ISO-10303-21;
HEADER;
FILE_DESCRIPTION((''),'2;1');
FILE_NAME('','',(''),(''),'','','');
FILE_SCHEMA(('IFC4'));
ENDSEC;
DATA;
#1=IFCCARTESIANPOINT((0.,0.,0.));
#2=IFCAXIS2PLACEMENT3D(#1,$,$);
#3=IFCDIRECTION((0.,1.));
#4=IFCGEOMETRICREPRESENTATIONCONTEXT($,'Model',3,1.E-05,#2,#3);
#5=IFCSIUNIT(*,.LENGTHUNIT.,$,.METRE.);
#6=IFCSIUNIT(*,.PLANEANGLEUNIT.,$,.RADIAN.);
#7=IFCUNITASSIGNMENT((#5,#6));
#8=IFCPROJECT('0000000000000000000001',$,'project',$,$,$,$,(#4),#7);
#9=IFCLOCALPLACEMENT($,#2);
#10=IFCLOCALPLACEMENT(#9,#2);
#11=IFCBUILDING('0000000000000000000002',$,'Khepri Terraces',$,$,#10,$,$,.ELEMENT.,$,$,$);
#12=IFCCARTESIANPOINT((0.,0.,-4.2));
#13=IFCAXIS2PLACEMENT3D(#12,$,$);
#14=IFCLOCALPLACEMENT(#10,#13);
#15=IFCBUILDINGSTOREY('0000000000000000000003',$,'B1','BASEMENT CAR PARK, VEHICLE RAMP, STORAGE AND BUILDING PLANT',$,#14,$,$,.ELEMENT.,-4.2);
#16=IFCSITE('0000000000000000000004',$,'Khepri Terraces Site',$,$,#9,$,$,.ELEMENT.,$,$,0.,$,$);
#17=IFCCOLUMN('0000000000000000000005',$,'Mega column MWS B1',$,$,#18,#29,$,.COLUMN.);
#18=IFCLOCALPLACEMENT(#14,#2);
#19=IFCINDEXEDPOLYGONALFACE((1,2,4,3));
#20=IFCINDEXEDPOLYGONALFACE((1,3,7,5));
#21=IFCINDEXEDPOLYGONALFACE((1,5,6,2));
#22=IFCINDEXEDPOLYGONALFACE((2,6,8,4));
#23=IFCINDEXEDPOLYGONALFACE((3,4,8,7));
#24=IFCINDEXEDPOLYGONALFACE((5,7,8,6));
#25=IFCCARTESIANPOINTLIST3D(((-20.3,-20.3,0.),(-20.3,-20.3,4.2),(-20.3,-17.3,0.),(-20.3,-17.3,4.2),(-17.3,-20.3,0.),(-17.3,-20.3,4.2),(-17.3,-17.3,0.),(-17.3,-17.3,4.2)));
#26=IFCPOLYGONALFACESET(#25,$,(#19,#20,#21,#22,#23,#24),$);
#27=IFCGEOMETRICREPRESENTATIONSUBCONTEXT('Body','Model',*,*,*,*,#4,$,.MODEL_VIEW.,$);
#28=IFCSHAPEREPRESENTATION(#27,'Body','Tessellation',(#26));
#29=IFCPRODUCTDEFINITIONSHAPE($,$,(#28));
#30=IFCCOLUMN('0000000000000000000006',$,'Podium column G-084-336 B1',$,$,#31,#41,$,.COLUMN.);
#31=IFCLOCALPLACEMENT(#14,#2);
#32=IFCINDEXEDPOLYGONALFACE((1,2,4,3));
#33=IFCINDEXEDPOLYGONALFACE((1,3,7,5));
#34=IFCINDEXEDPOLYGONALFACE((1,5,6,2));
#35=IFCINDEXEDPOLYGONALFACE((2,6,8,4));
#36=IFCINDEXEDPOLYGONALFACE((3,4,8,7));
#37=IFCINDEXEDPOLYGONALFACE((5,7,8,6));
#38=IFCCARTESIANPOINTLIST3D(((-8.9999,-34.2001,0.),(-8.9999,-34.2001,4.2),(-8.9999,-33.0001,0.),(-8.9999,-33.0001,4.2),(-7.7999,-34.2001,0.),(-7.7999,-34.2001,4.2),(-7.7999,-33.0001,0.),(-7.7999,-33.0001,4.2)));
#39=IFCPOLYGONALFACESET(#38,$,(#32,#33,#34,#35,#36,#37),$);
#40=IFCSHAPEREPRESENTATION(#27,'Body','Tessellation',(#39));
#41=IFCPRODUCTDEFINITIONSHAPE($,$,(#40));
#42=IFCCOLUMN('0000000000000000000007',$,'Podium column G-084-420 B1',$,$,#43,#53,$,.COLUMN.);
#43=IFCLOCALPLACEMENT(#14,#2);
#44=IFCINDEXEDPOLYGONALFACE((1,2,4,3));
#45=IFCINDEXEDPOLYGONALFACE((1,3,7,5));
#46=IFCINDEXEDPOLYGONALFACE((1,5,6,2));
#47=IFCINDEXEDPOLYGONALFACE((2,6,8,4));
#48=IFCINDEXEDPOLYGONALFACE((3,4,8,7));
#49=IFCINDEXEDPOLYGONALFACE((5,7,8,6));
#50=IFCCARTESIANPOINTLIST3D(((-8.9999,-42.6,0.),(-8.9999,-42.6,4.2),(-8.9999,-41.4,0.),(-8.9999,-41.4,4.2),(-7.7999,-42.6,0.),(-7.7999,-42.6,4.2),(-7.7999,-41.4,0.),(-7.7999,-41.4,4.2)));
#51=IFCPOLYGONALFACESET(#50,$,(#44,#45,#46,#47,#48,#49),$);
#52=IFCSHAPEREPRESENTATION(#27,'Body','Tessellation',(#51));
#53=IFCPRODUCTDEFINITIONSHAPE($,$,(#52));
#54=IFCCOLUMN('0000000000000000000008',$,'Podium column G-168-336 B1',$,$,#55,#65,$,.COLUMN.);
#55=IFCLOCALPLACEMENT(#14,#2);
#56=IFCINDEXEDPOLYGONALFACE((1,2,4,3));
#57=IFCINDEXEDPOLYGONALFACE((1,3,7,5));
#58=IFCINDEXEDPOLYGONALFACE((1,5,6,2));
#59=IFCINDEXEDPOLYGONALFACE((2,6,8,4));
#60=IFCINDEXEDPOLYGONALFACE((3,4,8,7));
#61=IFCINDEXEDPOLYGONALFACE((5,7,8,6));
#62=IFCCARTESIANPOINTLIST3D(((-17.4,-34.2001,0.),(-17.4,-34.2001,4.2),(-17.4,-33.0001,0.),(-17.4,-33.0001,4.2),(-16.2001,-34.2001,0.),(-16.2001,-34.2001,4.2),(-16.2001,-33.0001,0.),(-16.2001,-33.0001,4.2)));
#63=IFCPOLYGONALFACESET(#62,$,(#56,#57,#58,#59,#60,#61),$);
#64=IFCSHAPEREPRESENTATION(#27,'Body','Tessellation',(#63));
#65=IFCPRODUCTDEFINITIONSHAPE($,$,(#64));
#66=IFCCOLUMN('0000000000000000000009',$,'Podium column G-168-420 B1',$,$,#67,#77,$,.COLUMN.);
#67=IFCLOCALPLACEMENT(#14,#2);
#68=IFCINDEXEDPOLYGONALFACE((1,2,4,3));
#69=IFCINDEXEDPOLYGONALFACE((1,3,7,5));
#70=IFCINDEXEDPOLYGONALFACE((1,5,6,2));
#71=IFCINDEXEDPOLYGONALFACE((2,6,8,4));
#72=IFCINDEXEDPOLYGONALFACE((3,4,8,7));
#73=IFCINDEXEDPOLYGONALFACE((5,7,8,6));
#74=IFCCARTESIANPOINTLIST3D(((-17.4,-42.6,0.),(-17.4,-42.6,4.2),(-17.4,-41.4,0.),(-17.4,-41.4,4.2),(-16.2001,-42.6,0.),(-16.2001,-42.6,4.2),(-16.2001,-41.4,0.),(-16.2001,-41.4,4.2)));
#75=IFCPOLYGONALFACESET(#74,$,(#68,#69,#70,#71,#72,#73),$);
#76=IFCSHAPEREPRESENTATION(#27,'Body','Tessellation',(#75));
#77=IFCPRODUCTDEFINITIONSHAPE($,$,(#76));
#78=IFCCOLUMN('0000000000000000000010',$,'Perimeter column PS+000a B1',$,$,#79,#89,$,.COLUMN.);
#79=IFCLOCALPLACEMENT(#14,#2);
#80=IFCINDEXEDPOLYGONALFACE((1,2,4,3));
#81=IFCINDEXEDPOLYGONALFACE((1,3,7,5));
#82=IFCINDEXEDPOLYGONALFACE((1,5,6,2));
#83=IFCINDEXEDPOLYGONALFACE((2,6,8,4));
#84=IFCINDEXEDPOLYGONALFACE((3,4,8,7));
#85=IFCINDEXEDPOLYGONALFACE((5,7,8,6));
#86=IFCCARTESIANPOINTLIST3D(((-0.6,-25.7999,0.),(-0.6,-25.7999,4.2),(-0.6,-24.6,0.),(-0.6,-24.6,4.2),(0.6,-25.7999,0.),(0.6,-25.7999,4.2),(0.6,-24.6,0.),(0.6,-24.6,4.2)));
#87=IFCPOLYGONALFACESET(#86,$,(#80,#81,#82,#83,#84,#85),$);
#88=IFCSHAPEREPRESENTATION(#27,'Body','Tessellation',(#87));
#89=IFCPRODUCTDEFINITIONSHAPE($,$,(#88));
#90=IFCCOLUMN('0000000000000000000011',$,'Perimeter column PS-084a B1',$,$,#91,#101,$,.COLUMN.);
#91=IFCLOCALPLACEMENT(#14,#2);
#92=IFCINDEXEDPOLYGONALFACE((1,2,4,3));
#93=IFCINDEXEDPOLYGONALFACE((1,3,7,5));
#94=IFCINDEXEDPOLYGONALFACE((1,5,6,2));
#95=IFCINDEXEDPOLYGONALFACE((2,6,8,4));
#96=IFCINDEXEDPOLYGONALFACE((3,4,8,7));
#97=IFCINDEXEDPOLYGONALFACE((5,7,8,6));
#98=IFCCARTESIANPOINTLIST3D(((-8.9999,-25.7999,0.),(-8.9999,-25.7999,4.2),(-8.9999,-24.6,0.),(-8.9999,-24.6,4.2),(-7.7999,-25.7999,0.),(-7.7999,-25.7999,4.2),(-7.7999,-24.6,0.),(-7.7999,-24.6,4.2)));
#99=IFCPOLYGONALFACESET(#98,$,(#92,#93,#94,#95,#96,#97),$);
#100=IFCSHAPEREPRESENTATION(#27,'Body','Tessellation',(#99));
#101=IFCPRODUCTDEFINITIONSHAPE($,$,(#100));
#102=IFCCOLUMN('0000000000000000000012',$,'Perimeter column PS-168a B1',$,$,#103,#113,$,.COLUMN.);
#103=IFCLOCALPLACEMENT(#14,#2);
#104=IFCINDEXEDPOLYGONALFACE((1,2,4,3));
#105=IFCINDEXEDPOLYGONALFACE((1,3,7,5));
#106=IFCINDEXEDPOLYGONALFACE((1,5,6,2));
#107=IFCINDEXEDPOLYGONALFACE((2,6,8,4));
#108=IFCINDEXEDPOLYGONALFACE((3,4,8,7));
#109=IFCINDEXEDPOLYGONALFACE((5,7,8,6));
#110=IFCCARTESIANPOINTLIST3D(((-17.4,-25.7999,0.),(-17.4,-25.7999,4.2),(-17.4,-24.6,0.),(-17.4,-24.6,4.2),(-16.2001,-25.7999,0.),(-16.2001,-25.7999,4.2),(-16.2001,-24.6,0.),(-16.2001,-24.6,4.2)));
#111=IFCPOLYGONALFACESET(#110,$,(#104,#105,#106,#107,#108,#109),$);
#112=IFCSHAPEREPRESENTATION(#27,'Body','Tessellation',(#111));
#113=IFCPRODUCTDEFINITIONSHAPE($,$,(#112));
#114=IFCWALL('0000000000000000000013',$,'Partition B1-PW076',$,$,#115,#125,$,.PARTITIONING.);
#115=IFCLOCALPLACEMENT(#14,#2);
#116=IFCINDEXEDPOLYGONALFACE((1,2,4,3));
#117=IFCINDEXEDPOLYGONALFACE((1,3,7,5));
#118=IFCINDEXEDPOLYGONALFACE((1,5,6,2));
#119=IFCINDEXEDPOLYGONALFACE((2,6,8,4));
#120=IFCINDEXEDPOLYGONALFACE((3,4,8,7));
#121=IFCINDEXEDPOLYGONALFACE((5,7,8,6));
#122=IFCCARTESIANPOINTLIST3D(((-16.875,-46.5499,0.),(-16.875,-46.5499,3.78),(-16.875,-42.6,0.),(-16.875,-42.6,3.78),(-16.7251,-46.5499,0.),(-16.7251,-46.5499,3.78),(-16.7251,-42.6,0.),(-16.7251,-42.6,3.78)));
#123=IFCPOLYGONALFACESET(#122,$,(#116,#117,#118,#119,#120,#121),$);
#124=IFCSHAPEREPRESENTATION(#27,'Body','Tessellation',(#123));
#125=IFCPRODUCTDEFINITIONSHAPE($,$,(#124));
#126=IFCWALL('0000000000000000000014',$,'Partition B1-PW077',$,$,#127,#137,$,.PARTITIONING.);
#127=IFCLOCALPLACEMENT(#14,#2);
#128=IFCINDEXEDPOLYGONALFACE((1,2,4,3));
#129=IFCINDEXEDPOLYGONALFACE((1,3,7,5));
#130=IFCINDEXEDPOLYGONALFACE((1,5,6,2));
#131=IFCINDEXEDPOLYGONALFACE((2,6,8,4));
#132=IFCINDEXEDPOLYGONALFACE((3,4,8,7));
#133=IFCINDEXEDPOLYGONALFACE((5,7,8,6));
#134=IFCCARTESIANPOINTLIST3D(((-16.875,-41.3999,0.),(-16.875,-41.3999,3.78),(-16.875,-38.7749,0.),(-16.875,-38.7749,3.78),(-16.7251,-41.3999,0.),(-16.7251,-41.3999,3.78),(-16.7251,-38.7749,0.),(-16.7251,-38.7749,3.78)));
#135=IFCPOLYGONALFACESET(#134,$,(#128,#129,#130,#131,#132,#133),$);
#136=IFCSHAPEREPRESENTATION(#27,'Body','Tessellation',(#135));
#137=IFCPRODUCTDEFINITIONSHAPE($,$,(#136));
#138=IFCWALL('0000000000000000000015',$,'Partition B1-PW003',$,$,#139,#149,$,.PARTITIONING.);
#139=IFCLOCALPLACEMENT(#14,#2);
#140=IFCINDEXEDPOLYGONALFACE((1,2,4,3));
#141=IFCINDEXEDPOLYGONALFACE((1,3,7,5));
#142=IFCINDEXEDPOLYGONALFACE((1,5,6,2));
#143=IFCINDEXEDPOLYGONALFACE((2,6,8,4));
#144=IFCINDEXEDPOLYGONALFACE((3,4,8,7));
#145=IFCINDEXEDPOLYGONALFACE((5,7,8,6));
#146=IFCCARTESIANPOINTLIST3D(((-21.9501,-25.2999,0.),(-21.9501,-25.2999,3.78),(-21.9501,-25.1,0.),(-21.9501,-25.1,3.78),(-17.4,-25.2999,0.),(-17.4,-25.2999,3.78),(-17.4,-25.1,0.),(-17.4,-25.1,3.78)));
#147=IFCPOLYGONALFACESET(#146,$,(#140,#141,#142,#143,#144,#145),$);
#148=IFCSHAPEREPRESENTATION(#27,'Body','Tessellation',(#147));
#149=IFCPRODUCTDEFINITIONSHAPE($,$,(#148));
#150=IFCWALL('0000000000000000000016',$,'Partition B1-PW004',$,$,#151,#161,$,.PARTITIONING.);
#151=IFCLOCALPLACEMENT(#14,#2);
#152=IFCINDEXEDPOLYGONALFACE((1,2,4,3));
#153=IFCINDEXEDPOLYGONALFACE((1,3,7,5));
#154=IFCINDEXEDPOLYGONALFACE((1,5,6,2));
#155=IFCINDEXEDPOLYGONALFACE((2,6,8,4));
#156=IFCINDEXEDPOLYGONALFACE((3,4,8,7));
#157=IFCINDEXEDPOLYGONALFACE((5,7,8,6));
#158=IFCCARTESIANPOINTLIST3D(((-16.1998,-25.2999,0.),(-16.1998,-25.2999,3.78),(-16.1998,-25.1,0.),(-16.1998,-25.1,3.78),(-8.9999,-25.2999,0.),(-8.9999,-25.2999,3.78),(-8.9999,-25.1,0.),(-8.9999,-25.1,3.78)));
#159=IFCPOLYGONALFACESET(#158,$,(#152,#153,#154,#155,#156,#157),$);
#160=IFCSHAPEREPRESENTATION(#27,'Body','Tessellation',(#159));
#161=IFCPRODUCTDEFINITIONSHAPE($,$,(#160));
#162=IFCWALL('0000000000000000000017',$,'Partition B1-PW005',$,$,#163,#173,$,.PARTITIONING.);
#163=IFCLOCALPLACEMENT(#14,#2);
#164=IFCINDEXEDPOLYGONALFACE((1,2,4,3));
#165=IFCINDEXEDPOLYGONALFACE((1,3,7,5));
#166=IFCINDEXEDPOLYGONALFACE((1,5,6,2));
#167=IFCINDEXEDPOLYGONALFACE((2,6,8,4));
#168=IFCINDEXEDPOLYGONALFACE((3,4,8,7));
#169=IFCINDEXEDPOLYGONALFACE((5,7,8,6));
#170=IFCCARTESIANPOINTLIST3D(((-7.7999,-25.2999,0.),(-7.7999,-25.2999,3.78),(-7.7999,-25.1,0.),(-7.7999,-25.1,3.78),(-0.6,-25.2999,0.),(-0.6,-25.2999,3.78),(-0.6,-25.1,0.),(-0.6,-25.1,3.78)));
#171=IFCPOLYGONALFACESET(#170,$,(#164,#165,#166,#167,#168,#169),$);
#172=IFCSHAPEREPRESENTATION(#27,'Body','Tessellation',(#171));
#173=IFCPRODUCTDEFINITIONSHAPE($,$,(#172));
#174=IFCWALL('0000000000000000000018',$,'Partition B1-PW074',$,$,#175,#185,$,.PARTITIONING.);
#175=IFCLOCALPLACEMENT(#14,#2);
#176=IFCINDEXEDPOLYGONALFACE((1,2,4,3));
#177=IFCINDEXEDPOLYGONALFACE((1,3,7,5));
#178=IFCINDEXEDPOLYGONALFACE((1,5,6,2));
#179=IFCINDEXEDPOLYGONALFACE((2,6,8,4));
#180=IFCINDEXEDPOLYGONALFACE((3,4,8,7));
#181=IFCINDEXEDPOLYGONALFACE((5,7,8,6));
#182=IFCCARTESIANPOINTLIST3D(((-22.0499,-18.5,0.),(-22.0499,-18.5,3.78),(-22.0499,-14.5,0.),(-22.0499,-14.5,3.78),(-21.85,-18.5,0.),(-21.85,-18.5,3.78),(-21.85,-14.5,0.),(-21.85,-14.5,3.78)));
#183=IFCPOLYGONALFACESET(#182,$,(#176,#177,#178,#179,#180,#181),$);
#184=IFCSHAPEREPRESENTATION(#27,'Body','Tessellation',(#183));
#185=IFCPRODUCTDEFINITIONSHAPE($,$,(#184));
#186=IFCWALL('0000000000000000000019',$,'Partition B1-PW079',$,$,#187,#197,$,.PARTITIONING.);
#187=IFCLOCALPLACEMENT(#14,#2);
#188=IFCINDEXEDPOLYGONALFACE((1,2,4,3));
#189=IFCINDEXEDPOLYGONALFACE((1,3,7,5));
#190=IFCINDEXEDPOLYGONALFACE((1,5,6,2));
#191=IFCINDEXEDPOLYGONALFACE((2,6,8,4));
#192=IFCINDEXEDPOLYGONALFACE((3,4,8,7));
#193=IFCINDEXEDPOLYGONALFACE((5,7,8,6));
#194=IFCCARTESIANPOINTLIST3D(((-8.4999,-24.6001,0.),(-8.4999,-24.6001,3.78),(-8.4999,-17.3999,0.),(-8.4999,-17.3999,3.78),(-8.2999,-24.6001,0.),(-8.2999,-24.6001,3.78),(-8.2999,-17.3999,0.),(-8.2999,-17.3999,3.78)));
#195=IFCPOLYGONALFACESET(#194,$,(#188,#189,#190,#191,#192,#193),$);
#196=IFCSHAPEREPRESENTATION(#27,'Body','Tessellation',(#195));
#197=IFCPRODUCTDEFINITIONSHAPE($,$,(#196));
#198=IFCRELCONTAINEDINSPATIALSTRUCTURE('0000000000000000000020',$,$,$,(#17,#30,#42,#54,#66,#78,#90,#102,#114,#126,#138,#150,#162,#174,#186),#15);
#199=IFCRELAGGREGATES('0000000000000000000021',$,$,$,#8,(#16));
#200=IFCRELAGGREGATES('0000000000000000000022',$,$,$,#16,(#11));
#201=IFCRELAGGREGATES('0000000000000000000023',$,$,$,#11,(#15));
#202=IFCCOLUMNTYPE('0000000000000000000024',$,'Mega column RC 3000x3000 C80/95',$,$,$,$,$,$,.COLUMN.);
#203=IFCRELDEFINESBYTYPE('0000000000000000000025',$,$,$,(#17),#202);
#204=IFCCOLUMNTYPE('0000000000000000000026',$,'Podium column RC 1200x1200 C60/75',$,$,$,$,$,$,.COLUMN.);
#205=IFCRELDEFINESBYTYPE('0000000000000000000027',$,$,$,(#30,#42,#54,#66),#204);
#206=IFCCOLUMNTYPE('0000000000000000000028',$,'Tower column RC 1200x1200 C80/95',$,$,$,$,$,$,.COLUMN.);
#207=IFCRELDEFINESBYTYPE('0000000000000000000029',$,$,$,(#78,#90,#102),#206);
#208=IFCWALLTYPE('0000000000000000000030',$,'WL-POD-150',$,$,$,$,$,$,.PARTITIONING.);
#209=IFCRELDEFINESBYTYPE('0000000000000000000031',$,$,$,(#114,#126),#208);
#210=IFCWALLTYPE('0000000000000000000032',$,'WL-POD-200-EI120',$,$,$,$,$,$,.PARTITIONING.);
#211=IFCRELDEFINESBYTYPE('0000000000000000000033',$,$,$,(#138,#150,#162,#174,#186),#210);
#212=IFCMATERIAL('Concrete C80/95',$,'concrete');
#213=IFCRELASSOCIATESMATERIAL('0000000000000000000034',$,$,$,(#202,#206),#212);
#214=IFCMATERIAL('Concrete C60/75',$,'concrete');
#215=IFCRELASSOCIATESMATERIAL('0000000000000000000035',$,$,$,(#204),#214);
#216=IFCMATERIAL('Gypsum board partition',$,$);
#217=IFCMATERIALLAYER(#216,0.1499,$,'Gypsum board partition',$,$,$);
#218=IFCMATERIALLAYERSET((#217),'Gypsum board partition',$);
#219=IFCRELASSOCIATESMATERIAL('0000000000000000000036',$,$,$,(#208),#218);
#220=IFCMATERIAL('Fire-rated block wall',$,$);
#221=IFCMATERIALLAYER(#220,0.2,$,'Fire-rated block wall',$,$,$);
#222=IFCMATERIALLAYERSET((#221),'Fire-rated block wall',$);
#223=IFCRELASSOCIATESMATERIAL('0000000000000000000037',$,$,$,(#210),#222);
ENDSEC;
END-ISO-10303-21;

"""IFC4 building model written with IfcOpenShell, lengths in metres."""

from ifc_helpers import new_model, si_unit, direction, frame, frame_2d, origin, origin_2d, place, context, subcontext, project, spatial, rectangle, extrude, material, layer, layer_set, material_profile, profile_set, type_object, element, save


model = new_model("IFC4")

# Units and contexts
model_context = context("Model", 3, precision=1e-05, world=origin(), true_north=direction((0.0, 1.0)))
body_context = subcontext(model_context, "Body", "Model", "MODEL_VIEW")
ifc_project = project(units=[si_unit("LENGTHUNIT", "METRE"), si_unit("PLANEANGLEUNIT", "RADIAN")], contexts=[model_context])

# Site, building, storey
site_placement = place(None, origin())
site = spatial("IfcSite", under=ifc_project, at=site_placement, Name="Khepri Terraces Site", CompositionType="ELEMENT", RefElevation=0.0)
building_placement = place(site_placement, origin())
building = spatial("IfcBuilding", under=site, at=building_placement, Name="Khepri Terraces", CompositionType="ELEMENT")
storey_placement = place(building_placement, frame((0.0, 0.0, -4.2)))
storey = spatial("IfcBuildingStorey", under=building, at=storey_placement, Name="B1", Description="BASEMENT CAR PARK, VEHICLE RAMP, STORAGE AND BUILDING PLANT", CompositionType="ELEMENT", Elevation=-4.2)

# Columns
ifc_material_1 = material(Name="Concrete C80/95", Category="concrete")
ifc_material_profile_1 = material_profile(ifc_material_1, rectangle(XDim=3.0, YDim=3.0, at=origin_2d()), Name="Concrete C80/95", Category="concrete")
ifc_profile_set_1 = profile_set([ifc_material_profile_1], Name="Concrete C80/95")
column_type_1 = type_object("IfcColumnType", Name="Mega column RC 3000x3000 C80/95", PredefinedType="COLUMN", material=ifc_profile_set_1)
column_placement = place(storey_placement, frame((-18.8, -18.8, 0.0), z_axis=(0.0, 0.0, 1.0), x_axis=(1.0, 0.0, 0.0)))
element("IfcColumn", 1, at=column_placement, inside=storey, type_object=column_type_1, Name="Mega column MWS B1", PredefinedType="COLUMN", context=body_context, shape_type="SweptSolid", body=[
    extrude(rectangle(XDim=3.0, YDim=3.0, at=origin_2d()), origin(), (0.0, 0.0, 1.0), 4.2),
])
ifc_material_2 = material(Name="Concrete C60/75", Category="concrete")
ifc_material_profile_2 = material_profile(ifc_material_2, rectangle(XDim=1.2, YDim=1.2, at=origin_2d()), Name="Concrete C60/75", Category="concrete")
ifc_profile_set_2 = profile_set([ifc_material_profile_2], Name="Concrete C60/75")
column_type_2 = type_object("IfcColumnType", Name="Podium column RC 1200x1200 C60/75", PredefinedType="COLUMN", material=ifc_profile_set_2)
for number, where, z_axis, x_axis, name in (
    (2, (-8.3999, -33.6001, 0.0), (0.0, 0.0, 1.0), (1.0, 0.0, 0.0), "Podium column G-084-336 B1"),
    (3, (-8.3999, -42.0, 0.0), (0.0, 0.0, 1.0), (1.0, 0.0, 0.0), "Podium column G-084-420 B1"),
    (4, (-16.8, -33.6001, 0.0), (0.0, 0.0, 1.0), (1.0, 0.0, 0.0), "Podium column G-168-336 B1"),
    (5, (-16.8, -42.0, 0.0), (0.0, 0.0, 1.0), (1.0, 0.0, 0.0), "Podium column G-168-420 B1"),
):
    element("IfcColumn", number, at=place(storey_placement, frame(where, z_axis=z_axis, x_axis=x_axis)), inside=storey, type_object=column_type_2, Name=name, PredefinedType="COLUMN", context=body_context, shape_type="SweptSolid", body=[
        extrude(rectangle(XDim=1.2, YDim=1.2, at=origin_2d()), origin(), (0.0, 0.0, 1.0), 4.2),
    ])
ifc_material_profile_3 = material_profile(ifc_material_1, rectangle(XDim=1.2, YDim=1.2, at=origin_2d()), Name="Concrete C80/95", Category="concrete")
ifc_profile_set_3 = profile_set([ifc_material_profile_3], Name="Concrete C80/95")
column_type_3 = type_object("IfcColumnType", Name="Tower column RC 1200x1200 C80/95", PredefinedType="COLUMN", material=ifc_profile_set_3)
for number, where, z_axis, x_axis, name in (
    (6, (0.0, -25.2, 0.0), (0.0, 0.0, 1.0), (1.0, 0.0, 0.0), "Perimeter column PS+000a B1"),
    (7, (-8.3999, -25.2, 0.0), (0.0, 0.0, 1.0), (1.0, 0.0, 0.0), "Perimeter column PS-084a B1"),
    (8, (-16.8, -25.2, 0.0), (0.0, 0.0, 1.0), (1.0, 0.0, 0.0), "Perimeter column PS-168a B1"),
):
    element("IfcColumn", number, at=place(storey_placement, frame(where, z_axis=z_axis, x_axis=x_axis)), inside=storey, type_object=column_type_3, Name=name, PredefinedType="COLUMN", context=body_context, shape_type="SweptSolid", body=[
        extrude(rectangle(XDim=1.2, YDim=1.2, at=origin_2d()), origin(), (0.0, 0.0, 1.0), 4.2),
    ])

# Walls
ifc_material_3 = material(Name="Gypsum board partition")
ifc_layer_1 = layer(ifc_material_3, 0.1499, Name="Gypsum board partition")
ifc_layer_set_1 = layer_set([ifc_layer_1], Name="Gypsum board partition")
wall_type_1 = type_object("IfcWallType", Name="WL-POD-150", PredefinedType="PARTITIONING", material=ifc_layer_set_1)
wall_1_placement = place(storey_placement, frame((-16.8, -46.55, 0.0), z_axis=(0.0, 0.0, 1.0), x_axis=(0.0, 1.0, 0.0)))
element("IfcWall", 9, at=wall_1_placement, inside=storey, type_object=wall_type_1, Name="Partition B1-PW076", PredefinedType="PARTITIONING", context=body_context, shape_type="SweptSolid", body=[
    extrude(rectangle(XDim=3.95, YDim=0.1499, at=frame_2d((1.9751, 0.0))), origin(), (0.0, 0.0, 1.0), 3.78),
])
wall_2_placement = place(storey_placement, frame((-16.8, -41.3999, 0.0), z_axis=(0.0, 0.0, 1.0), x_axis=(0.0, 1.0, 0.0)))
element("IfcWall", 10, at=wall_2_placement, inside=storey, type_object=wall_type_1, Name="Partition B1-PW077", PredefinedType="PARTITIONING", context=body_context, shape_type="SweptSolid", body=[
    extrude(rectangle(XDim=2.625, YDim=0.1499, at=frame_2d((1.3125, 0.0))), origin(), (0.0, 0.0, 1.0), 3.78),
])
ifc_material_4 = material(Name="Fire-rated block wall")
ifc_layer_2 = layer(ifc_material_4, 0.2, Name="Fire-rated block wall")
ifc_layer_set_2 = layer_set([ifc_layer_2], Name="Fire-rated block wall")
wall_type_2 = type_object("IfcWallType", Name="WL-POD-200-EI120", PredefinedType="PARTITIONING", material=ifc_layer_set_2)
wall_3_placement = place(storey_placement, frame((-21.95, -25.2, 0.0), z_axis=(0.0, 0.0, 1.0), x_axis=(1.0, 0.0, 0.0)))
element("IfcWall", 11, at=wall_3_placement, inside=storey, type_object=wall_type_2, Name="Partition B1-PW003", PredefinedType="PARTITIONING", context=body_context, shape_type="SweptSolid", body=[
    extrude(rectangle(XDim=4.55, YDim=0.2, at=frame_2d((2.2749, 0.0))), origin(), (0.0, 0.0, 1.0), 3.78),
])
for number, where, z_axis, x_axis, name in (
    (12, (-16.2, -25.2, 0.0), (0.0, 0.0, 1.0), (1.0, 0.0, 0.0), "Partition B1-PW004"),
    (13, (-7.8, -25.2, 0.0), (0.0, 0.0, 1.0), (1.0, 0.0, 0.0), "Partition B1-PW005"),
):
    element("IfcWall", number, at=place(storey_placement, frame(where, z_axis=z_axis, x_axis=x_axis)), inside=storey, type_object=wall_type_2, Name=name, PredefinedType="PARTITIONING", context=body_context, shape_type="SweptSolid", body=[
        extrude(rectangle(XDim=7.2, YDim=0.2, at=frame_2d((3.6001, 0.0))), origin(), (0.0, 0.0, 1.0), 3.78),
    ])
wall_4_placement = place(storey_placement, frame((-21.95, -18.5, 0.0), z_axis=(0.0, 0.0, 1.0), x_axis=(0.0, 1.0, 0.0)))
element("IfcWall", 14, at=wall_4_placement, inside=storey, type_object=wall_type_2, Name="Partition B1-PW074", PredefinedType="PARTITIONING", context=body_context, shape_type="SweptSolid", body=[
    extrude(rectangle(XDim=4.0, YDim=0.2, at=frame_2d((2.0, 0.0))), origin(), (0.0, 0.0, 1.0), 3.78),
])
wall_5_placement = place(storey_placement, frame((-8.3999, -24.6001, 0.0), z_axis=(0.0, 0.0, 1.0), x_axis=(0.0, 1.0, 0.0)))
element("IfcWall", 15, at=wall_5_placement, inside=storey, type_object=wall_type_2, Name="Partition B1-PW079", PredefinedType="PARTITIONING", context=body_context, shape_type="SweptSolid", body=[
    extrude(rectangle(XDim=7.2002, YDim=0.2, at=frame_2d((3.6001, 0.0))), origin(), (0.0, 0.0, 1.0), 3.78),
])

save(model, "model.ifc")
